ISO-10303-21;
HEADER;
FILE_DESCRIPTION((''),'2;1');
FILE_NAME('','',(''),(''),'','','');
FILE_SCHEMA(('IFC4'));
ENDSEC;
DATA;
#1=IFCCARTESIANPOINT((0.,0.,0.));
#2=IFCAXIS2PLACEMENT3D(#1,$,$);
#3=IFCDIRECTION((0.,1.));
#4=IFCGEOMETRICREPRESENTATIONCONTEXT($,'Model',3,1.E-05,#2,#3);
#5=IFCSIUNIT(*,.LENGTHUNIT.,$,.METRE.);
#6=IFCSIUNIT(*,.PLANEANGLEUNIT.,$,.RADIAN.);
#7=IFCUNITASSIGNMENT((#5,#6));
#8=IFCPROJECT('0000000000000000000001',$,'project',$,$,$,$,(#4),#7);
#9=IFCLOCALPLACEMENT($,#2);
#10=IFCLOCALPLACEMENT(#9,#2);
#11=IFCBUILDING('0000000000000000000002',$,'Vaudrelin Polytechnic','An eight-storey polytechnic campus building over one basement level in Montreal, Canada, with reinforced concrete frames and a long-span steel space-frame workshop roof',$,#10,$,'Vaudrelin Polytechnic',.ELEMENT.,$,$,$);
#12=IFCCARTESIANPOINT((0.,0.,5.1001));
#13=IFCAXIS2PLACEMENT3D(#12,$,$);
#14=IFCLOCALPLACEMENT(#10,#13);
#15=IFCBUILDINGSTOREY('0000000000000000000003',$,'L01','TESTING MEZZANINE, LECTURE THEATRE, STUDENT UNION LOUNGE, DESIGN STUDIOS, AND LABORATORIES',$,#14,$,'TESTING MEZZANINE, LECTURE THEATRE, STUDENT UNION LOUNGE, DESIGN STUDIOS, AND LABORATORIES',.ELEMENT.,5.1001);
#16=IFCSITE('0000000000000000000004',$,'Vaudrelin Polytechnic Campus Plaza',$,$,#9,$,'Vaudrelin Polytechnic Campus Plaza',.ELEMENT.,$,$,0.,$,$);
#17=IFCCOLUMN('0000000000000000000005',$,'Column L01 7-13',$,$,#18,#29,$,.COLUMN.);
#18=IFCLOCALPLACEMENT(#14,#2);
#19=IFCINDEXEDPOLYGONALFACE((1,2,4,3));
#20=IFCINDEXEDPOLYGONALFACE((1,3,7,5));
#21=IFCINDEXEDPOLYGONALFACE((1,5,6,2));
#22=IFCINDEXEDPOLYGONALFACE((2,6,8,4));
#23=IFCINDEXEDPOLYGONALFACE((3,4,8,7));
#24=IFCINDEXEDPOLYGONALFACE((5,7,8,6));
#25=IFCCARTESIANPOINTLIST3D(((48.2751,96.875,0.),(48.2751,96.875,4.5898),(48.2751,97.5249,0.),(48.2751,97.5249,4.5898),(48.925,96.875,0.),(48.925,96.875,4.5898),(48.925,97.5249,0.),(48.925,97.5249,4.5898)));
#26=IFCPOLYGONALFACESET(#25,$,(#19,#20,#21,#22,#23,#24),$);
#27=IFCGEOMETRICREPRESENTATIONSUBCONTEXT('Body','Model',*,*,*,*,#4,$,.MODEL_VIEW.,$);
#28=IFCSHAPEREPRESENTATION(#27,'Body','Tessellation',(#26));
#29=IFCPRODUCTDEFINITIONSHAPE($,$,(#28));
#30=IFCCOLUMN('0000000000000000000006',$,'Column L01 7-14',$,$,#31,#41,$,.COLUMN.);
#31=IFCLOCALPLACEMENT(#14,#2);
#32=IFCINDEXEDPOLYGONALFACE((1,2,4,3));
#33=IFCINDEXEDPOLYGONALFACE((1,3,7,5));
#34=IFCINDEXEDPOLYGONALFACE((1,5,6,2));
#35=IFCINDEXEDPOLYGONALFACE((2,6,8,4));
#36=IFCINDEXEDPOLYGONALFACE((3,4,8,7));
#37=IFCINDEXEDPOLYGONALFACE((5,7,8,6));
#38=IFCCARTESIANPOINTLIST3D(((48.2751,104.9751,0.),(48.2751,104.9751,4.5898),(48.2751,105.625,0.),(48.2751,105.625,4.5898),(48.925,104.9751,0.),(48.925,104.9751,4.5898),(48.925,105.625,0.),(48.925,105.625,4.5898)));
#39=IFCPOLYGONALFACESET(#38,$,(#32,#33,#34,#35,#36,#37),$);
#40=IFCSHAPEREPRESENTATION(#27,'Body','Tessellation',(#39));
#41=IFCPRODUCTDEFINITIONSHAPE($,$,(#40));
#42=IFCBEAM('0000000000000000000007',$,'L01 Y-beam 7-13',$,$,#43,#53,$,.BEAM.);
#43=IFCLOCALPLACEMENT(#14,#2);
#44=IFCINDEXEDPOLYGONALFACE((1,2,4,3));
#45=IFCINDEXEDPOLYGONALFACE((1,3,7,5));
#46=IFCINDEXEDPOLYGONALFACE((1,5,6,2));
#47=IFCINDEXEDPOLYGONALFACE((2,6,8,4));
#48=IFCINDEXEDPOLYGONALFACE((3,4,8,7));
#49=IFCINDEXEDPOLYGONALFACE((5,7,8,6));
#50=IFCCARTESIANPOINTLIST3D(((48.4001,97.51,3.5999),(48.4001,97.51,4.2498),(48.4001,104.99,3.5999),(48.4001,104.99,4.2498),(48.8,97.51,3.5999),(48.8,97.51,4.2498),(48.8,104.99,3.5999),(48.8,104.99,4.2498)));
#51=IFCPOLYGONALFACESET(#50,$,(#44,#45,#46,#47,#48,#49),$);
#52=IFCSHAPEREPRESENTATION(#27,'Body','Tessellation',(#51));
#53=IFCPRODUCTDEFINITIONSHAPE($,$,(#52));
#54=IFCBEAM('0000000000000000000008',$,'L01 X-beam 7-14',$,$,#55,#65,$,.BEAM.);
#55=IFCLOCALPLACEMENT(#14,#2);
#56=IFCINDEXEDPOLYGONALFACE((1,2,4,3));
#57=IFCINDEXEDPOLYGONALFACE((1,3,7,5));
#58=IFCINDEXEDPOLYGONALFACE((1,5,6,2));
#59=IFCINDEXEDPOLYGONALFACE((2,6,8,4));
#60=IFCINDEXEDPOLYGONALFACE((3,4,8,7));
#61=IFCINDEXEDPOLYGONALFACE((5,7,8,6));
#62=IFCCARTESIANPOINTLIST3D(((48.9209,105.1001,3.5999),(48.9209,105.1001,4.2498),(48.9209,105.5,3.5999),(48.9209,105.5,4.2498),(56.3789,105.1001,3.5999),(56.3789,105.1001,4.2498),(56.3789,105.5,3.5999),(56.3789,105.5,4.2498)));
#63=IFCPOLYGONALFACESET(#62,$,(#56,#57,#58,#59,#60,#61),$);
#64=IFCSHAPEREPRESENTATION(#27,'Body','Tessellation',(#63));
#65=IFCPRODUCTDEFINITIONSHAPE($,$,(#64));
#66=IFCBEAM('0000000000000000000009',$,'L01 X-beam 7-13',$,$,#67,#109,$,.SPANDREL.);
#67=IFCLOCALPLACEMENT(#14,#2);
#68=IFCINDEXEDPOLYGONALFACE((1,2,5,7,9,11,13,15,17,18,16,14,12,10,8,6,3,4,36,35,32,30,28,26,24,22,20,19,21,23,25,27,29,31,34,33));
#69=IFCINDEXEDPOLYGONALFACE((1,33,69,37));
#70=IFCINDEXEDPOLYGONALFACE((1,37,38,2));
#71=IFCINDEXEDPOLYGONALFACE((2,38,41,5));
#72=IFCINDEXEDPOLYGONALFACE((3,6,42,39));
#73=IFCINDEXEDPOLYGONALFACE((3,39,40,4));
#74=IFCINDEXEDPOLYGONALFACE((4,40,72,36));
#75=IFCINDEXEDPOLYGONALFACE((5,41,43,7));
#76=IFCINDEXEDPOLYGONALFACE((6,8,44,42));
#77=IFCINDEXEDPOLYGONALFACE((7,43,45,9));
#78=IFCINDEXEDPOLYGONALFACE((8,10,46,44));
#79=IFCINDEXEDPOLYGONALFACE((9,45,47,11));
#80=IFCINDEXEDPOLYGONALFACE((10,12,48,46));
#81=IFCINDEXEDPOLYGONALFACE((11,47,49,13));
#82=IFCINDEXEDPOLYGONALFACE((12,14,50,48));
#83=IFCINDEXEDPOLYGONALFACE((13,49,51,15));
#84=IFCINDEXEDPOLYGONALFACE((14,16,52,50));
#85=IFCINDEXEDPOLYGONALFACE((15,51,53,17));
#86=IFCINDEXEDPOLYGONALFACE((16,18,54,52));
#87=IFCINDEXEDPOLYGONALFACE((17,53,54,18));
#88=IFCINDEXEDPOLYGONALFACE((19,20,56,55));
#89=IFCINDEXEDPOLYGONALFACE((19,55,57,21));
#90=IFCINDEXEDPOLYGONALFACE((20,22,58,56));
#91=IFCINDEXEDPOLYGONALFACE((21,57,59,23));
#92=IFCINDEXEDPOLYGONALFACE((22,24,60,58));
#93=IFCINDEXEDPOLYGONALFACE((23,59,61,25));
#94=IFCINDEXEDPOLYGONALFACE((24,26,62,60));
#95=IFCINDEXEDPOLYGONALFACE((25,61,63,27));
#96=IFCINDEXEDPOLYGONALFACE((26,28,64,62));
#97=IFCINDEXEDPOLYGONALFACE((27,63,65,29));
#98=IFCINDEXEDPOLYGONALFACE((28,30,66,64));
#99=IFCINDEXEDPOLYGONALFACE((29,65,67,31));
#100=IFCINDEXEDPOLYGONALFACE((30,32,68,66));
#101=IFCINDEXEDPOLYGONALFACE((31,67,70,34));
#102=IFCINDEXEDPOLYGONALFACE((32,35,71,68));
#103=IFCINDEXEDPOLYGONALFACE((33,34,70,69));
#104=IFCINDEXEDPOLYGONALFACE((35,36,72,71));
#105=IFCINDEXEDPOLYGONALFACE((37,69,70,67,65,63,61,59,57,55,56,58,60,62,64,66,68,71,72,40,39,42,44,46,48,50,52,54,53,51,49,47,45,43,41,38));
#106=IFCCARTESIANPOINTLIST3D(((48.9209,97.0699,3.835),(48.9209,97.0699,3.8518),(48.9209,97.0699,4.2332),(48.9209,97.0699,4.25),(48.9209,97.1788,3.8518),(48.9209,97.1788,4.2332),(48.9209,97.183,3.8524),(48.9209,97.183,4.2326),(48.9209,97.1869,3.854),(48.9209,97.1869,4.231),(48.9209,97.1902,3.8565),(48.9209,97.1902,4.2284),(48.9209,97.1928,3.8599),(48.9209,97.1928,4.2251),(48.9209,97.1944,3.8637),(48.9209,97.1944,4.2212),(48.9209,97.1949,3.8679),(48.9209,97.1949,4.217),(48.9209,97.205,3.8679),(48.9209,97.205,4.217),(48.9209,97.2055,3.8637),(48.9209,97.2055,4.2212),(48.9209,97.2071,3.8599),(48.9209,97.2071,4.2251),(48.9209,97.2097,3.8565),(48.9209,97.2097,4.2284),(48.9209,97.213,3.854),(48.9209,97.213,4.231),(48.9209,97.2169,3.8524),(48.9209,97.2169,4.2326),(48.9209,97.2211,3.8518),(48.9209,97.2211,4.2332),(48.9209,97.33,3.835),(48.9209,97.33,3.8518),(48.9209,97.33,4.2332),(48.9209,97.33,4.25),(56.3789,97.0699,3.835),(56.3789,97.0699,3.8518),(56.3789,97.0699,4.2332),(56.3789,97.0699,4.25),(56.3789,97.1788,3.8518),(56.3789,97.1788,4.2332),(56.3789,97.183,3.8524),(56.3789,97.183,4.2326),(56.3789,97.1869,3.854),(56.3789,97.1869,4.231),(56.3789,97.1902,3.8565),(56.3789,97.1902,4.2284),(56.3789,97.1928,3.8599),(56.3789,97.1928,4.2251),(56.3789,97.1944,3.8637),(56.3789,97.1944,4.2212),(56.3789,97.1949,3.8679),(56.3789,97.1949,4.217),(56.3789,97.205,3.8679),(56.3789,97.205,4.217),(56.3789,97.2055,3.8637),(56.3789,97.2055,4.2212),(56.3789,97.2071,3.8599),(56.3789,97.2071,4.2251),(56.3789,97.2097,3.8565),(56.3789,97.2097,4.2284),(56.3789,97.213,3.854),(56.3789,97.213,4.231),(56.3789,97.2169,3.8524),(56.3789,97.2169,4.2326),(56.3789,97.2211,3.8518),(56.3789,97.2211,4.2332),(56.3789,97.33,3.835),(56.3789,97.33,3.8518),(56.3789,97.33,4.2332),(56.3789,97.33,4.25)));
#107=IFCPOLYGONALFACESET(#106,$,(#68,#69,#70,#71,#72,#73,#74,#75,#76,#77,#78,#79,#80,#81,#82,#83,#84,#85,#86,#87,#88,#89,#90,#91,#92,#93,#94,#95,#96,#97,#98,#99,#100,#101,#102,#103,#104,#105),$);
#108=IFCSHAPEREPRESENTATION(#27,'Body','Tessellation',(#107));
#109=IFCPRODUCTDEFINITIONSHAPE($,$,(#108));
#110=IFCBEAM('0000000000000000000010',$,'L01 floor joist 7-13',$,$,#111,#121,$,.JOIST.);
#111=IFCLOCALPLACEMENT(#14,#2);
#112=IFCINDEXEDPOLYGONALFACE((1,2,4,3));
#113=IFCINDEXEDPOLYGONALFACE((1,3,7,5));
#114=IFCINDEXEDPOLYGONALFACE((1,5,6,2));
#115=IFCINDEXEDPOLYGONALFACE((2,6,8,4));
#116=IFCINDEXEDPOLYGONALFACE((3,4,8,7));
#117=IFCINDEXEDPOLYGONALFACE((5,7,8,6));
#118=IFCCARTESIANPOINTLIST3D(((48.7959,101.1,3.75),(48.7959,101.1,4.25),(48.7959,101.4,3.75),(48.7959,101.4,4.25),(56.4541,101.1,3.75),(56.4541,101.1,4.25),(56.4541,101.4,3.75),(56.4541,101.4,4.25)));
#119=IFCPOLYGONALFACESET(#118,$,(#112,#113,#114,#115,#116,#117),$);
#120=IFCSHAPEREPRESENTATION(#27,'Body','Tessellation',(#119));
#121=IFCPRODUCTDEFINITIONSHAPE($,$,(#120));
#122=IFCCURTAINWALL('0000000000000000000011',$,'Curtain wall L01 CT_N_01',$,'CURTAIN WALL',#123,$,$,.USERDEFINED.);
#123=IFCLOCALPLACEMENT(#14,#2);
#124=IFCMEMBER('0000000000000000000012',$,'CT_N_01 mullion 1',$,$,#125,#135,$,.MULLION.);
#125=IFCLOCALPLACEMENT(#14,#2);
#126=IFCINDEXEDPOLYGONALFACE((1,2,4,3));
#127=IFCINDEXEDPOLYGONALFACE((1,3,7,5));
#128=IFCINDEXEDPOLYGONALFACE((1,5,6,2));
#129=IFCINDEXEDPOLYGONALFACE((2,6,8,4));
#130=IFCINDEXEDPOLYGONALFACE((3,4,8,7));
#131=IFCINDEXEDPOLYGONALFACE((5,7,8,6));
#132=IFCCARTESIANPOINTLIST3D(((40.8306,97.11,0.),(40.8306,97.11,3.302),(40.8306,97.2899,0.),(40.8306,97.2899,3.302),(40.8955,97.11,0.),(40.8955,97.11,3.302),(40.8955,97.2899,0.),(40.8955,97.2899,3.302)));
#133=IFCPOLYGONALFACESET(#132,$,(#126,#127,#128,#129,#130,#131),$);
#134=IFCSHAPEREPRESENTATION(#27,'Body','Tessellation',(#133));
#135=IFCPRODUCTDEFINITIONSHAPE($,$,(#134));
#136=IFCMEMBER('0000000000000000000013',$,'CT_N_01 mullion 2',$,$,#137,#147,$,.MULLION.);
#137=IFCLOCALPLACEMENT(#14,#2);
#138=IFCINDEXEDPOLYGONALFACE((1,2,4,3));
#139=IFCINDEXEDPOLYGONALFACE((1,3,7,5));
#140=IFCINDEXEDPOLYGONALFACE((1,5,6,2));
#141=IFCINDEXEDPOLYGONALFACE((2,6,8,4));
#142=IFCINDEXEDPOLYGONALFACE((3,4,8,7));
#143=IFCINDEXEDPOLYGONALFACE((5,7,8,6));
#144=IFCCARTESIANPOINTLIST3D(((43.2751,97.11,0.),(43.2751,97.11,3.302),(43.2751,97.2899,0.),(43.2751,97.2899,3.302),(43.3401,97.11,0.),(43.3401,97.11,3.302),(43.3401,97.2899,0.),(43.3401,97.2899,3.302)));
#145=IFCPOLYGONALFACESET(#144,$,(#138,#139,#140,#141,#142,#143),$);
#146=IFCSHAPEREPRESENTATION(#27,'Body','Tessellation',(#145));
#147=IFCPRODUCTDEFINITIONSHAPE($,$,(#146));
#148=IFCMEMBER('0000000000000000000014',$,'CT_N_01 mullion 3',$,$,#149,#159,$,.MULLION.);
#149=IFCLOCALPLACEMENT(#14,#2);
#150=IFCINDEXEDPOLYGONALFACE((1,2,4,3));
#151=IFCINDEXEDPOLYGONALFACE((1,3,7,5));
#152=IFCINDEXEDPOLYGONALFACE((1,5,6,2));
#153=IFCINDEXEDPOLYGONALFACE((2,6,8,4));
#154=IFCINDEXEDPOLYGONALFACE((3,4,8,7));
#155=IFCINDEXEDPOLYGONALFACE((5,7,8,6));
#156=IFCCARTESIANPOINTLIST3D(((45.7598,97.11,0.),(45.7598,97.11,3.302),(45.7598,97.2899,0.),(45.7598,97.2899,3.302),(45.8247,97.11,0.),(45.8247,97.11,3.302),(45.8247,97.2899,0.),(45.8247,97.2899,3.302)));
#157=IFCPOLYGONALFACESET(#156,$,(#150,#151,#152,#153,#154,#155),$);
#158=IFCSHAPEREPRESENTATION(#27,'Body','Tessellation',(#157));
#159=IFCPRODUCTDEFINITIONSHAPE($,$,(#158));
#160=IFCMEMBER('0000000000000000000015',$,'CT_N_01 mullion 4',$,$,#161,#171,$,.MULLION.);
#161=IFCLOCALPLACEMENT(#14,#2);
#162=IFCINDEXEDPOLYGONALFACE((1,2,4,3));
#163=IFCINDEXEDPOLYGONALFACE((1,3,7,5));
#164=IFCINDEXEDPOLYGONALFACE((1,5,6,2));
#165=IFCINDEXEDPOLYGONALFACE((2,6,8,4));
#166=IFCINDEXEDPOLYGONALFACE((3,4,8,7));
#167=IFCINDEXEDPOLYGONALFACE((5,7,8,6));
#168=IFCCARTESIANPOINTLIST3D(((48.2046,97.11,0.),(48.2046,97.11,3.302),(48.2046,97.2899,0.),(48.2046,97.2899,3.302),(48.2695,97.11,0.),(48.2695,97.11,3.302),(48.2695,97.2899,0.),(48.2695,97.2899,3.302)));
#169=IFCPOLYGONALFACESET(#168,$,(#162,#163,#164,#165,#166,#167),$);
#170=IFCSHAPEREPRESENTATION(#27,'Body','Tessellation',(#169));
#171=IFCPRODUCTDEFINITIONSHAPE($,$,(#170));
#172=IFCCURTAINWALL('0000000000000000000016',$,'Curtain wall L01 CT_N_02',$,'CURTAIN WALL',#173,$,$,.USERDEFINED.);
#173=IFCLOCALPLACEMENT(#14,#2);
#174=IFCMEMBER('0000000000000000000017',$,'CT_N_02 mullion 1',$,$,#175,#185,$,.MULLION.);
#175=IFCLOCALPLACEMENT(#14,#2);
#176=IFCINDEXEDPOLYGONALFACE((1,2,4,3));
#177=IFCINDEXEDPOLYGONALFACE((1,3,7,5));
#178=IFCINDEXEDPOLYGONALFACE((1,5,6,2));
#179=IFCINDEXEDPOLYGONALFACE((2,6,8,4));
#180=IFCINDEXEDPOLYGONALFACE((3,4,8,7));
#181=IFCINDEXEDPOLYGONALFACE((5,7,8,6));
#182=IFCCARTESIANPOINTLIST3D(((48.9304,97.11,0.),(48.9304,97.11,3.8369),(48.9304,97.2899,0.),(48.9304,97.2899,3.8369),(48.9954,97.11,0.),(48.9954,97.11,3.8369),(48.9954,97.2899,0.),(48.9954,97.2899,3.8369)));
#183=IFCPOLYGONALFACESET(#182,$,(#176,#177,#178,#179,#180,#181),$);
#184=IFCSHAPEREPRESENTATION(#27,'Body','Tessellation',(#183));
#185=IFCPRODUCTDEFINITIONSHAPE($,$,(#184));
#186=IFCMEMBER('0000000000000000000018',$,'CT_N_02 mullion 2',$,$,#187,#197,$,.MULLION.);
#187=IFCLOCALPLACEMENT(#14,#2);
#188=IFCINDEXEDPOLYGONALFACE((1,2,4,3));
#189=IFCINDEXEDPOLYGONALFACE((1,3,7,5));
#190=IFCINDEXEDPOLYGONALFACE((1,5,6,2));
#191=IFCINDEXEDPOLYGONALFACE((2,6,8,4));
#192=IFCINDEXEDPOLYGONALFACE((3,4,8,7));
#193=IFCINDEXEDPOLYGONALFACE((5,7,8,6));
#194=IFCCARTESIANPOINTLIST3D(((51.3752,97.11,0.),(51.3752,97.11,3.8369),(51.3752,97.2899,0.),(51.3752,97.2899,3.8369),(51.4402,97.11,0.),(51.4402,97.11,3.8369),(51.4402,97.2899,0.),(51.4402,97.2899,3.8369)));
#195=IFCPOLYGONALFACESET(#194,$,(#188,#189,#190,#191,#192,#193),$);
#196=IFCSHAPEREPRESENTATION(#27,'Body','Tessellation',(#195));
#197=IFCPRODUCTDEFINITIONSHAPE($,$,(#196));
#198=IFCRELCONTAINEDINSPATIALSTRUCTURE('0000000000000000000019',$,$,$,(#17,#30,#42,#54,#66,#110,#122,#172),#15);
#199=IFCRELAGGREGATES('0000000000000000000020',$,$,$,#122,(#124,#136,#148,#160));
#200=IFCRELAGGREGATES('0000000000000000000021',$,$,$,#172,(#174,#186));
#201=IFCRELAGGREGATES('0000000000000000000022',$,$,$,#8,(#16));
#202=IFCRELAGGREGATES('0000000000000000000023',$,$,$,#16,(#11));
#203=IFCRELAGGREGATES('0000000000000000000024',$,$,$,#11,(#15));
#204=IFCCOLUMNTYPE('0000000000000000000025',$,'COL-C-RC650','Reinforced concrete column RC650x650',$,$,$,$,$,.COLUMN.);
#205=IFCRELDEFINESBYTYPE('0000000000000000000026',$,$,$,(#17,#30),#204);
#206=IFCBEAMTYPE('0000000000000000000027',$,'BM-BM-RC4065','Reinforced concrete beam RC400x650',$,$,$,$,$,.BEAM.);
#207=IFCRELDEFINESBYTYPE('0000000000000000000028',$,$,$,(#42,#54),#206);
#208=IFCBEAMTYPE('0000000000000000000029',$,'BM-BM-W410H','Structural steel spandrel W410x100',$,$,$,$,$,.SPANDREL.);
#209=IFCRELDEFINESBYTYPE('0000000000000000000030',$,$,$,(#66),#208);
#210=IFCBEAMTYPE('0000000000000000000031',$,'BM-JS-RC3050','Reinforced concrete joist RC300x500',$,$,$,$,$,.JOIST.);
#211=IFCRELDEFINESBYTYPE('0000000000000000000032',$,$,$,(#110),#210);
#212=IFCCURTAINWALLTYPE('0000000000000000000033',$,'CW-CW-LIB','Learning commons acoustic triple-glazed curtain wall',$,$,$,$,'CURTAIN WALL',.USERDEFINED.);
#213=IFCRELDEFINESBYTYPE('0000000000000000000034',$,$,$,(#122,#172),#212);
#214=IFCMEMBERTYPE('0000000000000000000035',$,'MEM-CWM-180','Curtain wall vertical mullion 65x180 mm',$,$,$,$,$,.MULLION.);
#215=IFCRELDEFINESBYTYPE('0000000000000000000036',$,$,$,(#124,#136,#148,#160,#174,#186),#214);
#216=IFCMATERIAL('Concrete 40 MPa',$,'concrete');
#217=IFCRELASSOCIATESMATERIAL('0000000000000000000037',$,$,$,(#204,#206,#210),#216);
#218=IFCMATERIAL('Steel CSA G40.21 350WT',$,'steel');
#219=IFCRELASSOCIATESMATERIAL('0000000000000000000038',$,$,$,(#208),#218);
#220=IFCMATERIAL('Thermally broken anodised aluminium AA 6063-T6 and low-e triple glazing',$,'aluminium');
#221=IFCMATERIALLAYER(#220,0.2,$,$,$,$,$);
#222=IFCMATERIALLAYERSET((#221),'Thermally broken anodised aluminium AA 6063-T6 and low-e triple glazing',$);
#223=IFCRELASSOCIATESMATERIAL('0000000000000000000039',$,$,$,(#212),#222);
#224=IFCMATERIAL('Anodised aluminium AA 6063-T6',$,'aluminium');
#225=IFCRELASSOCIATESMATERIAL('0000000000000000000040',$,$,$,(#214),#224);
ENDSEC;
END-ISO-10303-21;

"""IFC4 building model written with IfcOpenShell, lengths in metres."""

from ifc_helpers import new_model, si_unit, direction, frame, origin, origin_2d, place, context, subcontext, project, spatial, rectangle, i_section, extrude, material, layer, layer_set, material_profile, profile_set, type_object, element, aggregate, save


model = new_model("IFC4")

# Units and contexts
model_context = context("Model", 3, precision=1e-05, world=origin(), true_north=direction((0.0, 1.0)))
body_context = subcontext(model_context, "Body", "Model", "MODEL_VIEW")
ifc_project = project(units=[si_unit("LENGTHUNIT", "METRE"), si_unit("PLANEANGLEUNIT", "RADIAN")], contexts=[model_context])

# Site, building, storey
site_placement = place(None, origin())
site = spatial("IfcSite", under=ifc_project, at=site_placement, Name="Vaudrelin Polytechnic Campus Plaza", LongName="Vaudrelin Polytechnic Campus Plaza", CompositionType="ELEMENT", RefElevation=0.0)
building_placement = place(site_placement, origin())
building = spatial("IfcBuilding", under=site, at=building_placement, Name="Vaudrelin Polytechnic", Description="An eight-storey polytechnic campus building over one basement level in Montreal, Canada, with reinforced concrete frames and a long-span steel space-frame workshop roof", LongName="Vaudrelin Polytechnic", CompositionType="ELEMENT")
storey_placement = place(building_placement, frame((0.0, 0.0, 5.1001)))
storey = spatial("IfcBuildingStorey", under=building, at=storey_placement, Name="L01", Description="TESTING MEZZANINE, LECTURE THEATRE, STUDENT UNION LOUNGE, DESIGN STUDIOS, AND LABORATORIES", LongName="TESTING MEZZANINE, LECTURE THEATRE, STUDENT UNION LOUNGE, DESIGN STUDIOS, AND LABORATORIES", CompositionType="ELEMENT", Elevation=5.1001)

# Columns
ifc_material_1 = material(Name="Concrete 40 MPa", Category="concrete")
ifc_material_profile_1 = material_profile(ifc_material_1, rectangle(XDim=0.6499, YDim=0.6499, at=origin_2d()), Name="RC650x650")
ifc_profile_set_1 = profile_set([ifc_material_profile_1], Name="Concrete 40 MPa")
column_type = type_object("IfcColumnType", Name="COL-C-RC650", Description="Reinforced concrete column RC650x650", PredefinedType="COLUMN", material=ifc_profile_set_1)
for number, where, z_axis, x_axis, name in (
    (1, (48.6001, 97.2, 0.0), (0.0, 0.0, 1.0), (1.0, 0.0, 0.0), "Column L01 7-13"),
    (2, (48.6001, 105.3, 0.0), (0.0, 0.0, 1.0), (1.0, 0.0, 0.0), "Column L01 7-14"),
):
    element("IfcColumn", number, at=place(storey_placement, frame(where, z_axis=z_axis, x_axis=x_axis)), inside=storey, type_object=column_type, Name=name, PredefinedType="COLUMN", context=body_context, shape_type="SweptSolid", body=[
        extrude(rectangle(XDim=0.6499, YDim=0.6499, at=origin_2d()), origin(), (0.0, 0.0, 1.0), 4.5898),
    ])

# Beams
ifc_material_profile_2 = material_profile(ifc_material_1, rectangle(XDim=0.3999, YDim=0.6499, at=origin_2d()), Name="RC400x650")
ifc_profile_set_2 = profile_set([ifc_material_profile_2], Name="Concrete 40 MPa")
beam_type_1 = type_object("IfcBeamType", Name="BM-BM-RC4065", Description="Reinforced concrete beam RC400x650", PredefinedType="BEAM", material=ifc_profile_set_2)
beam_1_placement = place(storey_placement, frame((48.6001, 97.51, 3.9248), z_axis=(0.0, 1.0, 0.0), x_axis=(-1.0, 0.0, 0.0)))
element("IfcBeam", 3, at=beam_1_placement, inside=storey, type_object=beam_type_1, Name="L01 Y-beam 7-13", PredefinedType="BEAM", context=body_context, shape_type="SweptSolid", body=[
    extrude(rectangle(XDim=0.3999, YDim=0.6499, at=origin_2d()), origin(), (0.0, 0.0, 1.0), 7.48),
])
beam_2_placement = place(storey_placement, frame((48.9209, 105.3, 3.9248), z_axis=(1.0, 0.0, 0.0), x_axis=(0.0, 1.0, 0.0)))
element("IfcBeam", 4, at=beam_2_placement, inside=storey, type_object=beam_type_1, Name="L01 X-beam 7-14", PredefinedType="BEAM", context=body_context, shape_type="SweptSolid", body=[
    extrude(rectangle(XDim=0.3999, YDim=0.6499, at=origin_2d()), origin(), (0.0, 0.0, 1.0), 7.458),
])
ifc_material_2 = material(Name="Steel CSA G40.21 350WT", Category="steel")
ifc_material_profile_3 = material_profile(ifc_material_2, i_section(OverallWidth=0.26, OverallDepth=0.415, WebThickness=0.01, FlangeThickness=0.0168, FilletRadius=0.0161, at=origin_2d()), Name="W410x100")
ifc_profile_set_3 = profile_set([ifc_material_profile_3], Name="Steel CSA G40.21 350WT")
beam_type_2 = type_object("IfcBeamType", Name="BM-BM-W410H", Description="Structural steel spandrel W410x100", PredefinedType="SPANDREL", material=ifc_profile_set_3)
beam_3_placement = place(storey_placement, frame((48.9209, 97.2, 4.0425), z_axis=(1.0, 0.0, 0.0), x_axis=(0.0, 1.0, 0.0)))
element("IfcBeam", 5, at=beam_3_placement, inside=storey, type_object=beam_type_2, Name="L01 X-beam 7-13", PredefinedType="SPANDREL", context=body_context, shape_type="SweptSolid", body=[
    extrude(i_section(OverallWidth=0.26, OverallDepth=0.415, WebThickness=0.01, FlangeThickness=0.0168, FilletRadius=0.0161, at=origin_2d()), origin(), (0.0, 0.0, 1.0), 7.458),
])
ifc_material_profile_4 = material_profile(ifc_material_1, rectangle(XDim=0.3, YDim=0.5, at=origin_2d()), Name="RC300x500")
ifc_profile_set_4 = profile_set([ifc_material_profile_4], Name="Concrete 40 MPa")
beam_type_3 = type_object("IfcBeamType", Name="BM-JS-RC3050", Description="Reinforced concrete joist RC300x500", PredefinedType="JOIST", material=ifc_profile_set_4)
beam_4_placement = place(storey_placement, frame((48.7959, 101.25, 4.0), z_axis=(1.0, 0.0, 0.0), x_axis=(0.0, 1.0, 0.0)))
element("IfcBeam", 6, at=beam_4_placement, inside=storey, type_object=beam_type_3, Name="L01 floor joist 7-13", PredefinedType="JOIST", context=body_context, shape_type="SweptSolid", body=[
    extrude(rectangle(XDim=0.3, YDim=0.5, at=origin_2d()), origin(), (0.0, 0.0, 1.0), 7.6582),
])

# Curtain walls, members
ifc_material_3 = material(Name="Thermally broken anodised aluminium AA 6063-T6 and low-e triple glazing", Category="aluminium")
ifc_layer_1 = layer(ifc_material_3, 0.2)
ifc_layer_set_1 = layer_set([ifc_layer_1], Name="Thermally broken anodised aluminium AA 6063-T6 and low-e triple glazing")
curtain_wall_type = type_object("IfcCurtainWallType", Name="CW-CW-LIB", Description="Learning commons acoustic triple-glazed curtain wall", ElementType="CURTAIN WALL", PredefinedType="USERDEFINED", material=ifc_layer_set_1)
curtain_wall_1_placement = place(storey_placement, origin())
curtain_wall_1 = element("IfcCurtainWall", 7, at=curtain_wall_1_placement, inside=storey, type_object=curtain_wall_type, Name="Curtain wall L01 CT_N_01", ObjectType="CURTAIN WALL", PredefinedType="USERDEFINED")
ifc_material_4 = material(Name="Anodised aluminium AA 6063-T6", Category="aluminium")
ifc_material_profile_5 = material_profile(ifc_material_4, rectangle(XDim=0.0649, YDim=0.1799, at=origin_2d()), Name="CWM-65x180")
ifc_profile_set_5 = profile_set([ifc_material_profile_5], Name="Anodised aluminium AA 6063-T6")
member_type_1 = type_object("IfcMemberType", Name="MEM-CWM-180", Description="Curtain wall vertical mullion 65x180 mm", PredefinedType="MULLION", material=ifc_profile_set_5)
member_1_placement = place(storey_placement, frame((40.863, 97.2, 0.0), z_axis=(0.0, 0.0, 1.0), x_axis=(1.0, 0.0, 0.0)))
member_1 = element("IfcMember", 8, at=member_1_placement, type_object=member_type_1, Name="CT_N_01 mullion 1", PredefinedType="MULLION", context=body_context, shape_type="SweptSolid", body=[
    extrude(rectangle(XDim=0.0649, YDim=0.1799, at=origin_2d()), origin(), (0.0, 0.0, 1.0), 3.302),
])
member_2_placement = place(storey_placement, frame((43.3076, 97.2, 0.0), z_axis=(0.0, 0.0, 1.0), x_axis=(1.0, 0.0, 0.0)))
member_2 = element("IfcMember", 9, at=member_2_placement, type_object=member_type_1, Name="CT_N_01 mullion 2", PredefinedType="MULLION", context=body_context, shape_type="SweptSolid", body=[
    extrude(rectangle(XDim=0.0649, YDim=0.1799, at=origin_2d()), origin(), (0.0, 0.0, 1.0), 3.302),
])
member_3_placement = place(storey_placement, frame((45.7922, 97.2, 0.0), z_axis=(0.0, 0.0, 1.0), x_axis=(1.0, 0.0, 0.0)))
member_3 = element("IfcMember", 10, at=member_3_placement, type_object=member_type_1, Name="CT_N_01 mullion 3", PredefinedType="MULLION", context=body_context, shape_type="SweptSolid", body=[
    extrude(rectangle(XDim=0.0649, YDim=0.1799, at=origin_2d()), origin(), (0.0, 0.0, 1.0), 3.302),
])
member_4_placement = place(storey_placement, frame((48.2371, 97.2, 0.0), z_axis=(0.0, 0.0, 1.0), x_axis=(1.0, 0.0, 0.0)))
member_4 = element("IfcMember", 11, at=member_4_placement, type_object=member_type_1, Name="CT_N_01 mullion 4", PredefinedType="MULLION", context=body_context, shape_type="SweptSolid", body=[
    extrude(rectangle(XDim=0.0649, YDim=0.1799, at=origin_2d()), origin(), (0.0, 0.0, 1.0), 3.302),
])
curtain_wall_2_placement = place(storey_placement, origin())
curtain_wall_2 = element("IfcCurtainWall", 12, at=curtain_wall_2_placement, inside=storey, type_object=curtain_wall_type, Name="Curtain wall L01 CT_N_02", ObjectType="CURTAIN WALL", PredefinedType="USERDEFINED")
member_5_placement = place(storey_placement, frame((48.9629, 97.2, 0.0), z_axis=(0.0, 0.0, 1.0), x_axis=(1.0, 0.0, 0.0)))
member_5 = element("IfcMember", 13, at=member_5_placement, type_object=member_type_1, Name="CT_N_02 mullion 1", PredefinedType="MULLION", context=body_context, shape_type="SweptSolid", body=[
    extrude(rectangle(XDim=0.0649, YDim=0.1799, at=origin_2d()), origin(), (0.0, 0.0, 1.0), 3.8369),
])
member_6_placement = place(storey_placement, frame((51.4077, 97.2, 0.0), z_axis=(0.0, 0.0, 1.0), x_axis=(1.0, 0.0, 0.0)))
member_6 = element("IfcMember", 14, at=member_6_placement, type_object=member_type_1, Name="CT_N_02 mullion 2", PredefinedType="MULLION", context=body_context, shape_type="SweptSolid", body=[
    extrude(rectangle(XDim=0.0649, YDim=0.1799, at=origin_2d()), origin(), (0.0, 0.0, 1.0), 3.8369),
])

aggregate(curtain_wall_1, [member_1, member_2, member_3, member_4])
aggregate(curtain_wall_2, [member_5, member_6])

save(model, "model.ifc")
